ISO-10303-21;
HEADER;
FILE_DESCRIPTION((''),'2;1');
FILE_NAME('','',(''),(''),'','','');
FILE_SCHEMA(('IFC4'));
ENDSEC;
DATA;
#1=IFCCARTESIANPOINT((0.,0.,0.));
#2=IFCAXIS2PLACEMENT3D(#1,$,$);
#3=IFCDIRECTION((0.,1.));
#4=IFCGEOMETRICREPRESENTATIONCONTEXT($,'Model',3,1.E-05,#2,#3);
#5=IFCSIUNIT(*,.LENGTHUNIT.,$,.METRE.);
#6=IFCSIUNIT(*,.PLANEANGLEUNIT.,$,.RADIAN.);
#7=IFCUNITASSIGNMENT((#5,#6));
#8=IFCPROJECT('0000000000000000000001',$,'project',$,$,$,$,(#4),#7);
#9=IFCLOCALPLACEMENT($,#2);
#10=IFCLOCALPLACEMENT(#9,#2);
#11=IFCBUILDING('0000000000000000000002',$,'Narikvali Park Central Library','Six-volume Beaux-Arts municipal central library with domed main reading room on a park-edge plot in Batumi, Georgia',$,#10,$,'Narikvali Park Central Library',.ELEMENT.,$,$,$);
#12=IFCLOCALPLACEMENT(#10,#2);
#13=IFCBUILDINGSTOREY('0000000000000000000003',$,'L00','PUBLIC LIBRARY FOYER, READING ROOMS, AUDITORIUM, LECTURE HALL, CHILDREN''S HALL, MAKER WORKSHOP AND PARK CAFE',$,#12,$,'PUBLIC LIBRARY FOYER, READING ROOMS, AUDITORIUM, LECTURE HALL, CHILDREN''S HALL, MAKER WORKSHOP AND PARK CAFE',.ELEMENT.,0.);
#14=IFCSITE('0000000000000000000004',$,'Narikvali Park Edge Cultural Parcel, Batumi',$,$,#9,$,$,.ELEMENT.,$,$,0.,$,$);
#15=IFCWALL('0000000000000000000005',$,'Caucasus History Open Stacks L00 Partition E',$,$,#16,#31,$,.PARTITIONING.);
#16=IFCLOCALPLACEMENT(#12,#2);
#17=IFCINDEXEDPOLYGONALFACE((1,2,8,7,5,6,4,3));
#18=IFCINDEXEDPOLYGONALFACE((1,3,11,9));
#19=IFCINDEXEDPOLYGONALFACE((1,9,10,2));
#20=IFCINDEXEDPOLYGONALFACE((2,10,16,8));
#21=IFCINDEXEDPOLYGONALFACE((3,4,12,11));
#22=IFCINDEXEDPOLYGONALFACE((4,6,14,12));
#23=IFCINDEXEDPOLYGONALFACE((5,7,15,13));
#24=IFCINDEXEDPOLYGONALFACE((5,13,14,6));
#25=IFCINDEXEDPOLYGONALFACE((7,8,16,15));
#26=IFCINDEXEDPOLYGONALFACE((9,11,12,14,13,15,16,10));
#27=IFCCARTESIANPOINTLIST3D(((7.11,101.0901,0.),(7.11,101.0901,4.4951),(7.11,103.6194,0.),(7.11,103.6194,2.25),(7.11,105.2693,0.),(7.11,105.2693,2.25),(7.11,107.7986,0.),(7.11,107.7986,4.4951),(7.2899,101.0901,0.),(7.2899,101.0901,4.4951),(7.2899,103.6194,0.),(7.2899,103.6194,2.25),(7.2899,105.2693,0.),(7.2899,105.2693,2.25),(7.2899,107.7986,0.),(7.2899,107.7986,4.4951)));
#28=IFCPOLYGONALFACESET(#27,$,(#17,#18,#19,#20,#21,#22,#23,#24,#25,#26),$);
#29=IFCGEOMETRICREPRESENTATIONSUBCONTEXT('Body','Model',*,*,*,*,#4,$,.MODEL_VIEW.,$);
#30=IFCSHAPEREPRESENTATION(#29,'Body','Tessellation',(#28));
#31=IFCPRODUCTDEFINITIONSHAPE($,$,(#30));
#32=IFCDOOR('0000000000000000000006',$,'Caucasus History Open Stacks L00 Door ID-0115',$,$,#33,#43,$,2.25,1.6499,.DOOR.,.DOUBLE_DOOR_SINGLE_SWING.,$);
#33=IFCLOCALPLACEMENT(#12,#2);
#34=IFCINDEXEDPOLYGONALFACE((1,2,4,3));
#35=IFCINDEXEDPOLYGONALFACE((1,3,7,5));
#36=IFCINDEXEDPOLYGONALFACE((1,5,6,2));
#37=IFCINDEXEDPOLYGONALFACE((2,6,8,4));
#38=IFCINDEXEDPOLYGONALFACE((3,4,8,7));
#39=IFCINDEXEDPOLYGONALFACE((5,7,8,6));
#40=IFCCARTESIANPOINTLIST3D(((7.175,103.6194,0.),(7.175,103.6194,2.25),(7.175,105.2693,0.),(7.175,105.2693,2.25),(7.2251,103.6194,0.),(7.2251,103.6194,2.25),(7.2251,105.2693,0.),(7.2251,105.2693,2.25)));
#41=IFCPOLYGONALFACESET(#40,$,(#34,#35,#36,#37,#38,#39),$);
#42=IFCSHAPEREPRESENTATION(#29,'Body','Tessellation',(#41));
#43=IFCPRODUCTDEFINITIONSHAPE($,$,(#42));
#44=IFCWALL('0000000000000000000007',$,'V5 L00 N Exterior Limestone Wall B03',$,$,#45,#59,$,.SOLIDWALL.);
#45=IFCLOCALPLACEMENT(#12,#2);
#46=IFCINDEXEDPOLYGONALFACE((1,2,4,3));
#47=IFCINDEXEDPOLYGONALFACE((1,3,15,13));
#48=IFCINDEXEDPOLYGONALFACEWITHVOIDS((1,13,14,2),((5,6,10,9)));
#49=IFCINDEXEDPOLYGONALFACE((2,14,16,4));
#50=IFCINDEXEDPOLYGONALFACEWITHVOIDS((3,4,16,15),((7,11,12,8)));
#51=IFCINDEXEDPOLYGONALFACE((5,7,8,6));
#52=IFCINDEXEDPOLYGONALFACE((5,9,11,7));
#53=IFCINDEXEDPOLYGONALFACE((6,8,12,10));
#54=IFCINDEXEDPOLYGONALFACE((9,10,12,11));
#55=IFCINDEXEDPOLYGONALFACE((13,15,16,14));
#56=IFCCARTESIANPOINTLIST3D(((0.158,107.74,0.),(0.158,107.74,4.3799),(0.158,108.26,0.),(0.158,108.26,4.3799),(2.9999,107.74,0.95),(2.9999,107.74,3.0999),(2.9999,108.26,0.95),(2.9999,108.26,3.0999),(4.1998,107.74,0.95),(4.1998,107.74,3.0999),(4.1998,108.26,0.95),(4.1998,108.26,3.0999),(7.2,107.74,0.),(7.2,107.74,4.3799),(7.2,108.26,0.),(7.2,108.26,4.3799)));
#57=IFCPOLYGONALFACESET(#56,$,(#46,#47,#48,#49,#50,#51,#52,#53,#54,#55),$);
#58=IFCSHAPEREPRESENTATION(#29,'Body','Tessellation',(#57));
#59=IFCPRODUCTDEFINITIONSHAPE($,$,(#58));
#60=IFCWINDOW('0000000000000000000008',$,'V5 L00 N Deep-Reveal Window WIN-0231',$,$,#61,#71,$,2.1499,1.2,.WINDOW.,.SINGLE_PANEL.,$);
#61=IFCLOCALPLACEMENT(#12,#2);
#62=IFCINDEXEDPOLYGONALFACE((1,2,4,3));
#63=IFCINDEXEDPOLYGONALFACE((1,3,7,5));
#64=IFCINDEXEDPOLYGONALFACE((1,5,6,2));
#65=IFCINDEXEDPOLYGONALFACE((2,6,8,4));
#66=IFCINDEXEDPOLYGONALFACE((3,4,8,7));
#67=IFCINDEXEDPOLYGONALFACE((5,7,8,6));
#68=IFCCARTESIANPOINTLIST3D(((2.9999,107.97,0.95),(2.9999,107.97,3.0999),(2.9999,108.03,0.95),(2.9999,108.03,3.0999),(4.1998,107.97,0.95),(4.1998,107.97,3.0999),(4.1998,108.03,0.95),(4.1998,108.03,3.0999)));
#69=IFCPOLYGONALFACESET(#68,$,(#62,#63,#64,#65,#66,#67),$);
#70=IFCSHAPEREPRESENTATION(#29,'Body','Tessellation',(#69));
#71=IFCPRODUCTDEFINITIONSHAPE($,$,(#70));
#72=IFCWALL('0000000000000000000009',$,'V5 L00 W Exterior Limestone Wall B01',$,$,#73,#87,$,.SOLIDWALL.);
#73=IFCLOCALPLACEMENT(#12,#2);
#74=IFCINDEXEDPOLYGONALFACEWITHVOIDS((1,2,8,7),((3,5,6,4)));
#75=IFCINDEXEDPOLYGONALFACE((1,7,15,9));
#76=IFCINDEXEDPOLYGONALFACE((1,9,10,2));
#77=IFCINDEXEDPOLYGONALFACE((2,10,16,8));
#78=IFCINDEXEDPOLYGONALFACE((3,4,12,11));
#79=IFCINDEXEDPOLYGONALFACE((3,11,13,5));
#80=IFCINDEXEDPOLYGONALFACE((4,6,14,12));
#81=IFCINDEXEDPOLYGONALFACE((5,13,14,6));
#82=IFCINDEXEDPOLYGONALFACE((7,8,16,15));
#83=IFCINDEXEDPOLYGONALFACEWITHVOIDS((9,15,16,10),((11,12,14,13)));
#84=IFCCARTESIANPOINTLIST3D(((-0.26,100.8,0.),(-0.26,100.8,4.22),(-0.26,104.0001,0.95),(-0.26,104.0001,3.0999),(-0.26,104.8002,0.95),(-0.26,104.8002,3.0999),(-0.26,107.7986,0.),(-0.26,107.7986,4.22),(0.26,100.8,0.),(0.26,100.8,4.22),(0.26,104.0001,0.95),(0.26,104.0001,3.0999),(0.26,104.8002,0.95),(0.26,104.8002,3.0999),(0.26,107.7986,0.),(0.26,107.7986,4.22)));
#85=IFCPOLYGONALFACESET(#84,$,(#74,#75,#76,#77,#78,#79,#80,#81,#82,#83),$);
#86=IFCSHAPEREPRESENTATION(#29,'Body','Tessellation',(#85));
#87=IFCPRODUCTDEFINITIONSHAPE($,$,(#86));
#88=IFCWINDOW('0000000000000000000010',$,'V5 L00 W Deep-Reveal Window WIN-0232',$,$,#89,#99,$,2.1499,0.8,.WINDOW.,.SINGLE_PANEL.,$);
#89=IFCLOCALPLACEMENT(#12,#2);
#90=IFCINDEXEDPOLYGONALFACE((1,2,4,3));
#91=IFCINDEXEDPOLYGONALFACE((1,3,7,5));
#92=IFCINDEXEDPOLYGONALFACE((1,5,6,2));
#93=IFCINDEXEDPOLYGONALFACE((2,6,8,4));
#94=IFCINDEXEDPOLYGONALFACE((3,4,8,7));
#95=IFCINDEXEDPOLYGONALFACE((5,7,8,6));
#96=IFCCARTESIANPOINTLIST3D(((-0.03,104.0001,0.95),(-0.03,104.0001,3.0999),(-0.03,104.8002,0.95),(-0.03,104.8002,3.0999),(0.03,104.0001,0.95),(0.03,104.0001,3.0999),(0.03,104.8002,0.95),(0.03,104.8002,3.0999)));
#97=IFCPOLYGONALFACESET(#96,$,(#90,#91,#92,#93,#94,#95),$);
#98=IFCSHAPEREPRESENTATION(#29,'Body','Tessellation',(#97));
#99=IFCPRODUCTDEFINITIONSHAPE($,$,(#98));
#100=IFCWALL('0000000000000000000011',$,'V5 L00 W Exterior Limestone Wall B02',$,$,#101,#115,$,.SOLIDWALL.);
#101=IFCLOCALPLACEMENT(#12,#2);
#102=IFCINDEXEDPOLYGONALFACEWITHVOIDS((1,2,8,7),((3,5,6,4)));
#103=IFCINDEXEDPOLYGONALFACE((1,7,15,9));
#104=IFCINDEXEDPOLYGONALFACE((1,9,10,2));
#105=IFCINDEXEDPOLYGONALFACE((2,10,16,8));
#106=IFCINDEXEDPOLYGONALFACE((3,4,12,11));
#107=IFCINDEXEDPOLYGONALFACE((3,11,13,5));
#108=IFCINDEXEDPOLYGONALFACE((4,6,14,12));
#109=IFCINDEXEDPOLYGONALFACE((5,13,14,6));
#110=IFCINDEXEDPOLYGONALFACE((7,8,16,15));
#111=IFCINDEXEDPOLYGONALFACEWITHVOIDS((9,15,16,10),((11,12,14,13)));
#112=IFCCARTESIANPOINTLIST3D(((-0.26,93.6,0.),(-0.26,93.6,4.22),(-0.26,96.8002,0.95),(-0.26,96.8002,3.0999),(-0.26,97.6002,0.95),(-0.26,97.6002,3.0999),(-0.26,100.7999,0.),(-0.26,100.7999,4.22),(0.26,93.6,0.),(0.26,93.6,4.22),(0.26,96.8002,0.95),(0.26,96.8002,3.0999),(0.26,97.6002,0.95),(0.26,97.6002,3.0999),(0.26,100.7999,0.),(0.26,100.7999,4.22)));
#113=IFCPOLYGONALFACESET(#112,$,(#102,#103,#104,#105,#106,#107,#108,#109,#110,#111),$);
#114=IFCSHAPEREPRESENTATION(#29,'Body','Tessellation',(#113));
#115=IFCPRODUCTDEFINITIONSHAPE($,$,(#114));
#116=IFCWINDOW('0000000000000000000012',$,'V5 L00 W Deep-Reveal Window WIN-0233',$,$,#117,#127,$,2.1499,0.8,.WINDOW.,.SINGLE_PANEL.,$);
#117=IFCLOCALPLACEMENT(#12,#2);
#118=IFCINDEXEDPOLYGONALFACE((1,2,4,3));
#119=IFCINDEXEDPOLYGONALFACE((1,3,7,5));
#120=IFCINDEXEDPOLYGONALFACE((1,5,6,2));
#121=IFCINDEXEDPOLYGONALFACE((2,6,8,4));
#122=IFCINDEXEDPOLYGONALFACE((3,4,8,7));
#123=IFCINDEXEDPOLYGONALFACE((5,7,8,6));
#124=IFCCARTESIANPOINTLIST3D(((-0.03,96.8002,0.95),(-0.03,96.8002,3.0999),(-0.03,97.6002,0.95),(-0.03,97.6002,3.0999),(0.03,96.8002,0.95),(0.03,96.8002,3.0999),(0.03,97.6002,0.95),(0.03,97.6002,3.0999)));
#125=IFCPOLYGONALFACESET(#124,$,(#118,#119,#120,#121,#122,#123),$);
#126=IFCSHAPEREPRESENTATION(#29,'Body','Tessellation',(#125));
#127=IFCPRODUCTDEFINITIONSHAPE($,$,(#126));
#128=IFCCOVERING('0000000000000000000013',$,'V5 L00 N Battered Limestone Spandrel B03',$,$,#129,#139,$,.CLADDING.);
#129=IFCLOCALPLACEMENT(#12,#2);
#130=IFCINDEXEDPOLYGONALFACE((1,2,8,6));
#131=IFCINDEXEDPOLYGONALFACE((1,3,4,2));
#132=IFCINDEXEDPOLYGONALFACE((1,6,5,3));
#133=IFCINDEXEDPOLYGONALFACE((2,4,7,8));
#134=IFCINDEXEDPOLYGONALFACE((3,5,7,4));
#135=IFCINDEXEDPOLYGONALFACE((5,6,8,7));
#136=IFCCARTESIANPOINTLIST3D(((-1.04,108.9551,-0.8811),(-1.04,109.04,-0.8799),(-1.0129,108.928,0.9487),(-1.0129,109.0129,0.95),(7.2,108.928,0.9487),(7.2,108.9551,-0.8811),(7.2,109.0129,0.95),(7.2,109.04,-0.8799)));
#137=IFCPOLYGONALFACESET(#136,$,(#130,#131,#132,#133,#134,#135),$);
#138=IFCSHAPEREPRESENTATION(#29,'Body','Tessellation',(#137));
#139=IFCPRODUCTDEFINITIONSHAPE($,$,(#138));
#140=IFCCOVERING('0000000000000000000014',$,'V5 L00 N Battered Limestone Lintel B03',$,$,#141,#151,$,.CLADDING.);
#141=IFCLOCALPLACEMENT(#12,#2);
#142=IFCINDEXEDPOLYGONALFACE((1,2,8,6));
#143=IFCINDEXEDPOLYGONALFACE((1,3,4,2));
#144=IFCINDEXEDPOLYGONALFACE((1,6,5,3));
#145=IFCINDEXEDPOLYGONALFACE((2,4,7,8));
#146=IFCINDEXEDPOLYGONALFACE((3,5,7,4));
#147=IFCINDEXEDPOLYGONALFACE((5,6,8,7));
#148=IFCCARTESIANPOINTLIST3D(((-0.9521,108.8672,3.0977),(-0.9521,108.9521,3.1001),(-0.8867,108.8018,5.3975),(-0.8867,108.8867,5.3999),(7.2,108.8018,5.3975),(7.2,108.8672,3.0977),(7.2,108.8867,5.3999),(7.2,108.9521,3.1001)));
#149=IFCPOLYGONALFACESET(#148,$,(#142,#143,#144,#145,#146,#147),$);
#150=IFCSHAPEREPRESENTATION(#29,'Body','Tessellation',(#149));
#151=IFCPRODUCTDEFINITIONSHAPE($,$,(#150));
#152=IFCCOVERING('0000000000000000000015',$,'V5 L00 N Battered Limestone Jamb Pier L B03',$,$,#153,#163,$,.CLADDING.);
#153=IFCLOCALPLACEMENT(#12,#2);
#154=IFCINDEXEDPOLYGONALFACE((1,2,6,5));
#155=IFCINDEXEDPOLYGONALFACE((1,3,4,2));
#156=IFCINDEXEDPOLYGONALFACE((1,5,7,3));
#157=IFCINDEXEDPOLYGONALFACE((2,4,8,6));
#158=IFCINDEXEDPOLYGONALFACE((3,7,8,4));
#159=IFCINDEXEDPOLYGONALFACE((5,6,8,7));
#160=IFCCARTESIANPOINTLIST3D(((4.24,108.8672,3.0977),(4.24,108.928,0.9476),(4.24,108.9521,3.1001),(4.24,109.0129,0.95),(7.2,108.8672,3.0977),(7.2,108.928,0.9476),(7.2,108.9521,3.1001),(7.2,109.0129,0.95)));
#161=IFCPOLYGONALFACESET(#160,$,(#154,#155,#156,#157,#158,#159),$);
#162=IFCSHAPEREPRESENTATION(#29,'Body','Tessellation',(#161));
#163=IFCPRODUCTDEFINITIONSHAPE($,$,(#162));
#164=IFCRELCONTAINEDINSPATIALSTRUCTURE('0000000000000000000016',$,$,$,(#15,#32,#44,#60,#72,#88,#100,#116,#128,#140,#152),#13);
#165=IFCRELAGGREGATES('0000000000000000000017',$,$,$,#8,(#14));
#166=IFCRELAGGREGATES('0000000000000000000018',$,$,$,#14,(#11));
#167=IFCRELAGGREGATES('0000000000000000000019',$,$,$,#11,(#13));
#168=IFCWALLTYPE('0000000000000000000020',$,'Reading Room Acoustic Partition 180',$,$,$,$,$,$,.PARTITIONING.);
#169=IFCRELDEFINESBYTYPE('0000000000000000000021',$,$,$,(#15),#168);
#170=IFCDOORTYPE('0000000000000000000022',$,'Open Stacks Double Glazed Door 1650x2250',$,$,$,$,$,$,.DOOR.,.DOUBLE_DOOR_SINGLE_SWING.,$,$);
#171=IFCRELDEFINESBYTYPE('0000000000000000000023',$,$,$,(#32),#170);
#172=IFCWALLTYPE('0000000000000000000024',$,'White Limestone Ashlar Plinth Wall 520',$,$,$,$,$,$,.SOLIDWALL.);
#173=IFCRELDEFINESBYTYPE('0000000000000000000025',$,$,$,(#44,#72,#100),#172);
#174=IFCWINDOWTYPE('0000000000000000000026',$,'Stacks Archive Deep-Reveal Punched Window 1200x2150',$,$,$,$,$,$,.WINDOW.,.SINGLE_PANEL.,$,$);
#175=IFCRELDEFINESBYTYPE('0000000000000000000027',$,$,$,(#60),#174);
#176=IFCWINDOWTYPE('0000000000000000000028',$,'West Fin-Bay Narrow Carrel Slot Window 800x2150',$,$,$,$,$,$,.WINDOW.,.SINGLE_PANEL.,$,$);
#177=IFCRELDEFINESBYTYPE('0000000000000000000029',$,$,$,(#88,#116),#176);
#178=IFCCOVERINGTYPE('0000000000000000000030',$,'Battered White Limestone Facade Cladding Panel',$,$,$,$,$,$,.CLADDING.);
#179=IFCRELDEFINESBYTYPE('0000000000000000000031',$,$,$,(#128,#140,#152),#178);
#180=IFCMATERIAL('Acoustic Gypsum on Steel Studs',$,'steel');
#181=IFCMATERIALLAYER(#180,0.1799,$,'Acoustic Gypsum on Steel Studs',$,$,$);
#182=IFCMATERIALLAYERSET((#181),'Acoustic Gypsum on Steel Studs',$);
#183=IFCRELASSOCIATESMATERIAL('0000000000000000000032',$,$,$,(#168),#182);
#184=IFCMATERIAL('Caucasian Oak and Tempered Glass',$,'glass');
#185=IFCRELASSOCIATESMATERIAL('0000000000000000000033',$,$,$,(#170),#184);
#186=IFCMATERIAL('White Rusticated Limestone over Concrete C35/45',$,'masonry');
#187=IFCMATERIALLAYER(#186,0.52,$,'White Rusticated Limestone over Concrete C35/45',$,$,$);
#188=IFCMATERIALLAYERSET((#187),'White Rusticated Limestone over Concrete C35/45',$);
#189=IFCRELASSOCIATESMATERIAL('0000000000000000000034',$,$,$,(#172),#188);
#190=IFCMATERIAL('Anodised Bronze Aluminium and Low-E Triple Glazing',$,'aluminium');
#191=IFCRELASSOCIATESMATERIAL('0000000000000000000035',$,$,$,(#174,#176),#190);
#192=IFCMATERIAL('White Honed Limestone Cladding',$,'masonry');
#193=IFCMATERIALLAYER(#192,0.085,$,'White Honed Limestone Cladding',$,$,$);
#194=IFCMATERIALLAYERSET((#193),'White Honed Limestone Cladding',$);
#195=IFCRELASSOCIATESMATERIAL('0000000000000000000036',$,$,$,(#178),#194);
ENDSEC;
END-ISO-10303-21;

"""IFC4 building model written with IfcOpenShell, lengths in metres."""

from ifc_helpers import new_model, si_unit, direction, frame, frame_2d, origin, place, context, subcontext, project, spatial, polyline, rectangle, outline, extrude, material, layer, layer_set, type_object, element, fill, save


model = new_model("IFC4")

# Units and contexts
model_context = context("Model", 3, precision=1e-05, world=origin(), true_north=direction((0.0, 1.0)))
body_context = subcontext(model_context, "Body", "Model", "MODEL_VIEW")
ifc_project = project(units=[si_unit("LENGTHUNIT", "METRE"), si_unit("PLANEANGLEUNIT", "RADIAN")], contexts=[model_context])

# Site, building, storey
site_placement = place(None, origin())
site = spatial("IfcSite", under=ifc_project, at=site_placement, Name="Narikvali Park Edge Cultural Parcel, Batumi", CompositionType="ELEMENT", RefElevation=0.0)
building_placement = place(site_placement, origin())
building = spatial("IfcBuilding", under=site, at=building_placement, Name="Narikvali Park Central Library", Description="Six-volume Beaux-Arts municipal central library with domed main reading room on a park-edge plot in Batumi, Georgia", LongName="Narikvali Park Central Library", CompositionType="ELEMENT")
storey_placement = place(building_placement, origin())
storey = spatial("IfcBuildingStorey", under=building, at=storey_placement, Name="L00", Description="PUBLIC LIBRARY FOYER, READING ROOMS, AUDITORIUM, LECTURE HALL, CHILDREN'S HALL, MAKER WORKSHOP AND PARK CAFE", LongName="PUBLIC LIBRARY FOYER, READING ROOMS, AUDITORIUM, LECTURE HALL, CHILDREN'S HALL, MAKER WORKSHOP AND PARK CAFE", CompositionType="ELEMENT", Elevation=0.0)

# Shared definitions
ifc_material_1 = material(Name="Acoustic Gypsum on Steel Studs", Category="steel")
ifc_layer_1 = layer(ifc_material_1, 0.1799, Name="Acoustic Gypsum on Steel Studs")
ifc_layer_set_1 = layer_set([ifc_layer_1], Name="Acoustic Gypsum on Steel Studs")
wall_type_1 = type_object("IfcWallType", Name="Reading Room Acoustic Partition 180", PredefinedType="PARTITIONING", material=ifc_layer_set_1)

# Wall, opening, door
wall_1_placement = place(storey_placement, frame((7.2, 101.0901, 0.0), z_axis=(0.0, 0.0, 1.0), x_axis=(0.0, 1.0, 0.0)))
wall_1 = element("IfcWall", 1, at=wall_1_placement, inside=storey, type_object=wall_type_1, Name="Caucasus History Open Stacks L00 Partition E", PredefinedType="PARTITIONING", context=body_context, shape_type="SweptSolid", body=[
    extrude(rectangle(XDim=6.7085, YDim=0.1799, at=frame_2d((3.3542, 0.0))), origin(), (0.0, 0.0, 1.0), 4.4951),
])
opening_1_placement = place(wall_1_placement, frame((2.5293, 0.0, 0.0)))
opening_1 = element("IfcOpeningElement", 2, at=opening_1_placement, cuts=wall_1, PredefinedType="OPENING", context=body_context, shape_type="SweptSolid", body=[
    extrude(rectangle(XDim=1.6499, YDim=2.25, at=frame_2d((0.825, 1.125))), frame((0.0, 0.1021, 0.0), z_axis=(0.0, -1.0, 0.0), x_axis=(1.0, 0.0, 0.0)), (0.0, 0.0, 1.0), 0.2039),
])
ifc_material_2 = material(Name="Caucasian Oak and Tempered Glass", Category="glass")
door_type = type_object("IfcDoorType", Name="Open Stacks Double Glazed Door 1650x2250", OperationType="DOUBLE_DOOR_SINGLE_SWING", PredefinedType="DOOR", material=ifc_material_2)
door_placement = place(opening_1_placement, origin())
door = element("IfcDoor", 3, at=door_placement, inside=storey, type_object=door_type, Name="Caucasus History Open Stacks L00 Door ID-0115", OperationType="DOUBLE_DOOR_SINGLE_SWING", OverallHeight=2.25, OverallWidth=1.6499, PredefinedType="DOOR", context=body_context, shape_type="SweptSolid", body=[
    extrude(rectangle(XDim=1.6499, YDim=2.25, at=frame_2d((0.825, 1.125))), frame((0.0, 0.0249, 0.0), z_axis=(0.0, -1.0, 0.0), x_axis=(1.0, 0.0, 0.0)), (0.0, 0.0, 1.0), 0.05),
])
fill(opening_1, door)

# Walls, openings, windows
ifc_material_3 = material(Name="White Rusticated Limestone over Concrete C35/45", Category="masonry")
ifc_layer_2 = layer(ifc_material_3, 0.52, Name="White Rusticated Limestone over Concrete C35/45")
ifc_layer_set_2 = layer_set([ifc_layer_2], Name="White Rusticated Limestone over Concrete C35/45")
wall_type_2 = type_object("IfcWallType", Name="White Limestone Ashlar Plinth Wall 520", PredefinedType="SOLIDWALL", material=ifc_layer_set_2)
wall_2_placement = place(storey_placement, frame((7.2, 108.0, 0.0), z_axis=(0.0, 0.0, 1.0), x_axis=(-1.0, 0.0, 0.0)))
wall_2 = element("IfcWall", 4, at=wall_2_placement, inside=storey, type_object=wall_type_2, Name="V5 L00 N Exterior Limestone Wall B03", PredefinedType="SOLIDWALL", context=body_context, shape_type="SweptSolid", body=[
    extrude(rectangle(XDim=7.042, YDim=0.52, at=frame_2d((3.521, 0.0))), origin(), (0.0, 0.0, 1.0), 4.3799),
])
opening_2_placement = place(wall_2_placement, frame((3.0, 0.0, 0.95)))
opening_2 = element("IfcOpeningElement", 5, at=opening_2_placement, cuts=wall_2, PredefinedType="OPENING", context=body_context, shape_type="SweptSolid", body=[
    extrude(rectangle(XDim=1.2, YDim=2.1499, at=frame_2d((0.6001, 1.075))), frame((0.0, 0.272, 0.0), z_axis=(0.0, -1.0, 0.0), x_axis=(1.0, 0.0, 0.0)), (0.0, 0.0, 1.0), 0.5439),
])
ifc_material_4 = material(Name="Anodised Bronze Aluminium and Low-E Triple Glazing", Category="aluminium")
window_type_1 = type_object("IfcWindowType", Name="Stacks Archive Deep-Reveal Punched Window 1200x2150", PartitioningType="SINGLE_PANEL", PredefinedType="WINDOW", material=ifc_material_4)
window_1_placement = place(opening_2_placement, origin())
window_1 = element("IfcWindow", 6, at=window_1_placement, inside=storey, type_object=window_type_1, Name="V5 L00 N Deep-Reveal Window WIN-0231", OverallHeight=2.1499, OverallWidth=1.2, PartitioningType="SINGLE_PANEL", PredefinedType="WINDOW", context=body_context, shape_type="SweptSolid", body=[
    extrude(rectangle(XDim=1.2, YDim=2.1499, at=frame_2d((0.6001, 1.075))), frame((0.0, 0.03, 0.0), z_axis=(0.0, -1.0, 0.0), x_axis=(1.0, 0.0, 0.0)), (0.0, 0.0, 1.0), 0.0601),
])
fill(opening_2, window_1)
wall_3_placement = place(storey_placement, frame((0.0, 107.7986, 0.0), z_axis=(0.0, 0.0, 1.0), x_axis=(0.0, -1.0, 0.0)))
wall_3 = element("IfcWall", 7, at=wall_3_placement, inside=storey, type_object=wall_type_2, Name="V5 L00 W Exterior Limestone Wall B01", PredefinedType="SOLIDWALL", context=body_context, shape_type="SweptSolid", body=[
    extrude(rectangle(XDim=6.9985, YDim=0.52, at=frame_2d((3.4993, 0.0))), origin(), (0.0, 0.0, 1.0), 4.22),
])
opening_3_placement = place(wall_3_placement, frame((2.9985, 0.0, 0.95)))
opening_3 = element("IfcOpeningElement", 8, at=opening_3_placement, cuts=wall_3, PredefinedType="OPENING", context=body_context, shape_type="SweptSolid", body=[
    extrude(rectangle(XDim=0.8, YDim=2.1499, at=frame_2d((0.3999, 1.075))), frame((0.0, 0.272, 0.0), z_axis=(0.0, -1.0, 0.0), x_axis=(1.0, 0.0, 0.0)), (0.0, 0.0, 1.0), 0.5439),
])
window_type_2 = type_object("IfcWindowType", Name="West Fin-Bay Narrow Carrel Slot Window 800x2150", PartitioningType="SINGLE_PANEL", PredefinedType="WINDOW", material=ifc_material_4)
window_2_placement = place(opening_3_placement, origin())
window_2 = element("IfcWindow", 9, at=window_2_placement, inside=storey, type_object=window_type_2, Name="V5 L00 W Deep-Reveal Window WIN-0232", OverallHeight=2.1499, OverallWidth=0.8, PartitioningType="SINGLE_PANEL", PredefinedType="WINDOW", context=body_context, shape_type="SweptSolid", body=[
    extrude(rectangle(XDim=0.8, YDim=2.1499, at=frame_2d((0.3999, 1.075))), frame((0.0, 0.03, 0.0), z_axis=(0.0, -1.0, 0.0), x_axis=(1.0, 0.0, 0.0)), (0.0, 0.0, 1.0), 0.0601),
])
fill(opening_3, window_2)
wall_4_placement = place(storey_placement, frame((0.0, 100.8, 0.0), z_axis=(0.0, 0.0, 1.0), x_axis=(0.0, -1.0, 0.0)))
wall_4 = element("IfcWall", 10, at=wall_4_placement, inside=storey, type_object=wall_type_2, Name="V5 L00 W Exterior Limestone Wall B02", PredefinedType="SOLIDWALL", context=body_context, shape_type="SweptSolid", body=[
    extrude(rectangle(XDim=7.2, YDim=0.52, at=frame_2d((3.6001, 0.0))), origin(), (0.0, 0.0, 1.0), 4.22),
])
opening_4_placement = place(wall_4_placement, frame((3.2, 0.0, 0.95)))
opening_4 = element("IfcOpeningElement", 11, at=opening_4_placement, cuts=wall_4, PredefinedType="OPENING", context=body_context, shape_type="SweptSolid", body=[
    extrude(rectangle(XDim=0.8, YDim=2.1499, at=frame_2d((0.3999, 1.075))), frame((0.0, 0.272, 0.0), z_axis=(0.0, -1.0, 0.0), x_axis=(1.0, 0.0, 0.0)), (0.0, 0.0, 1.0), 0.5439),
])
window_3_placement = place(opening_4_placement, origin())
window_3 = element("IfcWindow", 12, at=window_3_placement, inside=storey, type_object=window_type_2, Name="V5 L00 W Deep-Reveal Window WIN-0233", OverallHeight=2.1499, OverallWidth=0.8, PartitioningType="SINGLE_PANEL", PredefinedType="WINDOW", context=body_context, shape_type="SweptSolid", body=[
    extrude(rectangle(XDim=0.8, YDim=2.1499, at=frame_2d((0.3999, 1.075))), frame((0.0, 0.03, 0.0), z_axis=(0.0, -1.0, 0.0), x_axis=(1.0, 0.0, 0.0)), (0.0, 0.0, 1.0), 0.0601),
])
fill(opening_4, window_3)

# Coverings
ifc_material_5 = material(Name="White Honed Limestone Cladding", Category="masonry")
ifc_layer_3 = layer(ifc_material_5, 0.085, Name="White Honed Limestone Cladding")
ifc_layer_set_3 = layer_set([ifc_layer_3], Name="White Honed Limestone Cladding")
covering_type = type_object("IfcCoveringType", Name="Battered White Limestone Facade Cladding Panel", PredefinedType="CLADDING", material=ifc_layer_set_3)
covering_1_placement = place(storey_placement, frame((7.2, 109.04, -0.8799), z_axis=(0.0, 0.99989, 0.014808), x_axis=(-1.0, 0.0, 0.0)))
element("IfcCovering", 13, at=covering_1_placement, inside=storey, type_object=covering_type, Name="V5 L00 N Battered Limestone Spandrel B03", PredefinedType="CLADDING", context=body_context, shape_type="SweptSolid", body=[
    extrude(outline(polyline([(0.0, 0.0), (8.24, 0.0), (8.2129, 1.83), (0.0, 1.83), (0.0, 0.0)])), origin(), (0.0, 0.0, -1.0), 0.085),
])
covering_2_placement = place(storey_placement, frame((7.2, 108.9521, 3.1001), z_axis=(0.0, 0.999596, 0.028439), x_axis=(-1.0, 0.0, 0.0)))
element("IfcCovering", 14, at=covering_2_placement, inside=storey, type_object=covering_type, Name="V5 L00 N Battered Limestone Lintel B03", PredefinedType="CLADDING", context=body_context, shape_type="SweptSolid", body=[
    extrude(outline(polyline([(0.0, 0.0), (8.1521, 0.0), (8.0867, 2.3007), (0.0, 2.3007), (0.0, 0.0)])), origin(), (0.0, 0.0, -1.0), 0.085),
])
covering_3_placement = place(storey_placement, frame((7.2, 109.0129, 0.95), z_axis=(0.0, 0.999601, 0.028262), x_axis=(-1.0, 0.0, 0.0)))
element("IfcCovering", 15, at=covering_3_placement, inside=storey, type_object=covering_type, Name="V5 L00 N Battered Limestone Jamb Pier L B03", PredefinedType="CLADDING", context=body_context, shape_type="SweptSolid", body=[
    extrude(outline(polyline([(0.0, 0.0), (2.96, 0.0), (2.96, 2.151), (0.0, 2.151), (0.0, 0.0)])), origin(), (0.0, 0.0, -1.0), 0.085),
])

save(model, "model.ifc")
